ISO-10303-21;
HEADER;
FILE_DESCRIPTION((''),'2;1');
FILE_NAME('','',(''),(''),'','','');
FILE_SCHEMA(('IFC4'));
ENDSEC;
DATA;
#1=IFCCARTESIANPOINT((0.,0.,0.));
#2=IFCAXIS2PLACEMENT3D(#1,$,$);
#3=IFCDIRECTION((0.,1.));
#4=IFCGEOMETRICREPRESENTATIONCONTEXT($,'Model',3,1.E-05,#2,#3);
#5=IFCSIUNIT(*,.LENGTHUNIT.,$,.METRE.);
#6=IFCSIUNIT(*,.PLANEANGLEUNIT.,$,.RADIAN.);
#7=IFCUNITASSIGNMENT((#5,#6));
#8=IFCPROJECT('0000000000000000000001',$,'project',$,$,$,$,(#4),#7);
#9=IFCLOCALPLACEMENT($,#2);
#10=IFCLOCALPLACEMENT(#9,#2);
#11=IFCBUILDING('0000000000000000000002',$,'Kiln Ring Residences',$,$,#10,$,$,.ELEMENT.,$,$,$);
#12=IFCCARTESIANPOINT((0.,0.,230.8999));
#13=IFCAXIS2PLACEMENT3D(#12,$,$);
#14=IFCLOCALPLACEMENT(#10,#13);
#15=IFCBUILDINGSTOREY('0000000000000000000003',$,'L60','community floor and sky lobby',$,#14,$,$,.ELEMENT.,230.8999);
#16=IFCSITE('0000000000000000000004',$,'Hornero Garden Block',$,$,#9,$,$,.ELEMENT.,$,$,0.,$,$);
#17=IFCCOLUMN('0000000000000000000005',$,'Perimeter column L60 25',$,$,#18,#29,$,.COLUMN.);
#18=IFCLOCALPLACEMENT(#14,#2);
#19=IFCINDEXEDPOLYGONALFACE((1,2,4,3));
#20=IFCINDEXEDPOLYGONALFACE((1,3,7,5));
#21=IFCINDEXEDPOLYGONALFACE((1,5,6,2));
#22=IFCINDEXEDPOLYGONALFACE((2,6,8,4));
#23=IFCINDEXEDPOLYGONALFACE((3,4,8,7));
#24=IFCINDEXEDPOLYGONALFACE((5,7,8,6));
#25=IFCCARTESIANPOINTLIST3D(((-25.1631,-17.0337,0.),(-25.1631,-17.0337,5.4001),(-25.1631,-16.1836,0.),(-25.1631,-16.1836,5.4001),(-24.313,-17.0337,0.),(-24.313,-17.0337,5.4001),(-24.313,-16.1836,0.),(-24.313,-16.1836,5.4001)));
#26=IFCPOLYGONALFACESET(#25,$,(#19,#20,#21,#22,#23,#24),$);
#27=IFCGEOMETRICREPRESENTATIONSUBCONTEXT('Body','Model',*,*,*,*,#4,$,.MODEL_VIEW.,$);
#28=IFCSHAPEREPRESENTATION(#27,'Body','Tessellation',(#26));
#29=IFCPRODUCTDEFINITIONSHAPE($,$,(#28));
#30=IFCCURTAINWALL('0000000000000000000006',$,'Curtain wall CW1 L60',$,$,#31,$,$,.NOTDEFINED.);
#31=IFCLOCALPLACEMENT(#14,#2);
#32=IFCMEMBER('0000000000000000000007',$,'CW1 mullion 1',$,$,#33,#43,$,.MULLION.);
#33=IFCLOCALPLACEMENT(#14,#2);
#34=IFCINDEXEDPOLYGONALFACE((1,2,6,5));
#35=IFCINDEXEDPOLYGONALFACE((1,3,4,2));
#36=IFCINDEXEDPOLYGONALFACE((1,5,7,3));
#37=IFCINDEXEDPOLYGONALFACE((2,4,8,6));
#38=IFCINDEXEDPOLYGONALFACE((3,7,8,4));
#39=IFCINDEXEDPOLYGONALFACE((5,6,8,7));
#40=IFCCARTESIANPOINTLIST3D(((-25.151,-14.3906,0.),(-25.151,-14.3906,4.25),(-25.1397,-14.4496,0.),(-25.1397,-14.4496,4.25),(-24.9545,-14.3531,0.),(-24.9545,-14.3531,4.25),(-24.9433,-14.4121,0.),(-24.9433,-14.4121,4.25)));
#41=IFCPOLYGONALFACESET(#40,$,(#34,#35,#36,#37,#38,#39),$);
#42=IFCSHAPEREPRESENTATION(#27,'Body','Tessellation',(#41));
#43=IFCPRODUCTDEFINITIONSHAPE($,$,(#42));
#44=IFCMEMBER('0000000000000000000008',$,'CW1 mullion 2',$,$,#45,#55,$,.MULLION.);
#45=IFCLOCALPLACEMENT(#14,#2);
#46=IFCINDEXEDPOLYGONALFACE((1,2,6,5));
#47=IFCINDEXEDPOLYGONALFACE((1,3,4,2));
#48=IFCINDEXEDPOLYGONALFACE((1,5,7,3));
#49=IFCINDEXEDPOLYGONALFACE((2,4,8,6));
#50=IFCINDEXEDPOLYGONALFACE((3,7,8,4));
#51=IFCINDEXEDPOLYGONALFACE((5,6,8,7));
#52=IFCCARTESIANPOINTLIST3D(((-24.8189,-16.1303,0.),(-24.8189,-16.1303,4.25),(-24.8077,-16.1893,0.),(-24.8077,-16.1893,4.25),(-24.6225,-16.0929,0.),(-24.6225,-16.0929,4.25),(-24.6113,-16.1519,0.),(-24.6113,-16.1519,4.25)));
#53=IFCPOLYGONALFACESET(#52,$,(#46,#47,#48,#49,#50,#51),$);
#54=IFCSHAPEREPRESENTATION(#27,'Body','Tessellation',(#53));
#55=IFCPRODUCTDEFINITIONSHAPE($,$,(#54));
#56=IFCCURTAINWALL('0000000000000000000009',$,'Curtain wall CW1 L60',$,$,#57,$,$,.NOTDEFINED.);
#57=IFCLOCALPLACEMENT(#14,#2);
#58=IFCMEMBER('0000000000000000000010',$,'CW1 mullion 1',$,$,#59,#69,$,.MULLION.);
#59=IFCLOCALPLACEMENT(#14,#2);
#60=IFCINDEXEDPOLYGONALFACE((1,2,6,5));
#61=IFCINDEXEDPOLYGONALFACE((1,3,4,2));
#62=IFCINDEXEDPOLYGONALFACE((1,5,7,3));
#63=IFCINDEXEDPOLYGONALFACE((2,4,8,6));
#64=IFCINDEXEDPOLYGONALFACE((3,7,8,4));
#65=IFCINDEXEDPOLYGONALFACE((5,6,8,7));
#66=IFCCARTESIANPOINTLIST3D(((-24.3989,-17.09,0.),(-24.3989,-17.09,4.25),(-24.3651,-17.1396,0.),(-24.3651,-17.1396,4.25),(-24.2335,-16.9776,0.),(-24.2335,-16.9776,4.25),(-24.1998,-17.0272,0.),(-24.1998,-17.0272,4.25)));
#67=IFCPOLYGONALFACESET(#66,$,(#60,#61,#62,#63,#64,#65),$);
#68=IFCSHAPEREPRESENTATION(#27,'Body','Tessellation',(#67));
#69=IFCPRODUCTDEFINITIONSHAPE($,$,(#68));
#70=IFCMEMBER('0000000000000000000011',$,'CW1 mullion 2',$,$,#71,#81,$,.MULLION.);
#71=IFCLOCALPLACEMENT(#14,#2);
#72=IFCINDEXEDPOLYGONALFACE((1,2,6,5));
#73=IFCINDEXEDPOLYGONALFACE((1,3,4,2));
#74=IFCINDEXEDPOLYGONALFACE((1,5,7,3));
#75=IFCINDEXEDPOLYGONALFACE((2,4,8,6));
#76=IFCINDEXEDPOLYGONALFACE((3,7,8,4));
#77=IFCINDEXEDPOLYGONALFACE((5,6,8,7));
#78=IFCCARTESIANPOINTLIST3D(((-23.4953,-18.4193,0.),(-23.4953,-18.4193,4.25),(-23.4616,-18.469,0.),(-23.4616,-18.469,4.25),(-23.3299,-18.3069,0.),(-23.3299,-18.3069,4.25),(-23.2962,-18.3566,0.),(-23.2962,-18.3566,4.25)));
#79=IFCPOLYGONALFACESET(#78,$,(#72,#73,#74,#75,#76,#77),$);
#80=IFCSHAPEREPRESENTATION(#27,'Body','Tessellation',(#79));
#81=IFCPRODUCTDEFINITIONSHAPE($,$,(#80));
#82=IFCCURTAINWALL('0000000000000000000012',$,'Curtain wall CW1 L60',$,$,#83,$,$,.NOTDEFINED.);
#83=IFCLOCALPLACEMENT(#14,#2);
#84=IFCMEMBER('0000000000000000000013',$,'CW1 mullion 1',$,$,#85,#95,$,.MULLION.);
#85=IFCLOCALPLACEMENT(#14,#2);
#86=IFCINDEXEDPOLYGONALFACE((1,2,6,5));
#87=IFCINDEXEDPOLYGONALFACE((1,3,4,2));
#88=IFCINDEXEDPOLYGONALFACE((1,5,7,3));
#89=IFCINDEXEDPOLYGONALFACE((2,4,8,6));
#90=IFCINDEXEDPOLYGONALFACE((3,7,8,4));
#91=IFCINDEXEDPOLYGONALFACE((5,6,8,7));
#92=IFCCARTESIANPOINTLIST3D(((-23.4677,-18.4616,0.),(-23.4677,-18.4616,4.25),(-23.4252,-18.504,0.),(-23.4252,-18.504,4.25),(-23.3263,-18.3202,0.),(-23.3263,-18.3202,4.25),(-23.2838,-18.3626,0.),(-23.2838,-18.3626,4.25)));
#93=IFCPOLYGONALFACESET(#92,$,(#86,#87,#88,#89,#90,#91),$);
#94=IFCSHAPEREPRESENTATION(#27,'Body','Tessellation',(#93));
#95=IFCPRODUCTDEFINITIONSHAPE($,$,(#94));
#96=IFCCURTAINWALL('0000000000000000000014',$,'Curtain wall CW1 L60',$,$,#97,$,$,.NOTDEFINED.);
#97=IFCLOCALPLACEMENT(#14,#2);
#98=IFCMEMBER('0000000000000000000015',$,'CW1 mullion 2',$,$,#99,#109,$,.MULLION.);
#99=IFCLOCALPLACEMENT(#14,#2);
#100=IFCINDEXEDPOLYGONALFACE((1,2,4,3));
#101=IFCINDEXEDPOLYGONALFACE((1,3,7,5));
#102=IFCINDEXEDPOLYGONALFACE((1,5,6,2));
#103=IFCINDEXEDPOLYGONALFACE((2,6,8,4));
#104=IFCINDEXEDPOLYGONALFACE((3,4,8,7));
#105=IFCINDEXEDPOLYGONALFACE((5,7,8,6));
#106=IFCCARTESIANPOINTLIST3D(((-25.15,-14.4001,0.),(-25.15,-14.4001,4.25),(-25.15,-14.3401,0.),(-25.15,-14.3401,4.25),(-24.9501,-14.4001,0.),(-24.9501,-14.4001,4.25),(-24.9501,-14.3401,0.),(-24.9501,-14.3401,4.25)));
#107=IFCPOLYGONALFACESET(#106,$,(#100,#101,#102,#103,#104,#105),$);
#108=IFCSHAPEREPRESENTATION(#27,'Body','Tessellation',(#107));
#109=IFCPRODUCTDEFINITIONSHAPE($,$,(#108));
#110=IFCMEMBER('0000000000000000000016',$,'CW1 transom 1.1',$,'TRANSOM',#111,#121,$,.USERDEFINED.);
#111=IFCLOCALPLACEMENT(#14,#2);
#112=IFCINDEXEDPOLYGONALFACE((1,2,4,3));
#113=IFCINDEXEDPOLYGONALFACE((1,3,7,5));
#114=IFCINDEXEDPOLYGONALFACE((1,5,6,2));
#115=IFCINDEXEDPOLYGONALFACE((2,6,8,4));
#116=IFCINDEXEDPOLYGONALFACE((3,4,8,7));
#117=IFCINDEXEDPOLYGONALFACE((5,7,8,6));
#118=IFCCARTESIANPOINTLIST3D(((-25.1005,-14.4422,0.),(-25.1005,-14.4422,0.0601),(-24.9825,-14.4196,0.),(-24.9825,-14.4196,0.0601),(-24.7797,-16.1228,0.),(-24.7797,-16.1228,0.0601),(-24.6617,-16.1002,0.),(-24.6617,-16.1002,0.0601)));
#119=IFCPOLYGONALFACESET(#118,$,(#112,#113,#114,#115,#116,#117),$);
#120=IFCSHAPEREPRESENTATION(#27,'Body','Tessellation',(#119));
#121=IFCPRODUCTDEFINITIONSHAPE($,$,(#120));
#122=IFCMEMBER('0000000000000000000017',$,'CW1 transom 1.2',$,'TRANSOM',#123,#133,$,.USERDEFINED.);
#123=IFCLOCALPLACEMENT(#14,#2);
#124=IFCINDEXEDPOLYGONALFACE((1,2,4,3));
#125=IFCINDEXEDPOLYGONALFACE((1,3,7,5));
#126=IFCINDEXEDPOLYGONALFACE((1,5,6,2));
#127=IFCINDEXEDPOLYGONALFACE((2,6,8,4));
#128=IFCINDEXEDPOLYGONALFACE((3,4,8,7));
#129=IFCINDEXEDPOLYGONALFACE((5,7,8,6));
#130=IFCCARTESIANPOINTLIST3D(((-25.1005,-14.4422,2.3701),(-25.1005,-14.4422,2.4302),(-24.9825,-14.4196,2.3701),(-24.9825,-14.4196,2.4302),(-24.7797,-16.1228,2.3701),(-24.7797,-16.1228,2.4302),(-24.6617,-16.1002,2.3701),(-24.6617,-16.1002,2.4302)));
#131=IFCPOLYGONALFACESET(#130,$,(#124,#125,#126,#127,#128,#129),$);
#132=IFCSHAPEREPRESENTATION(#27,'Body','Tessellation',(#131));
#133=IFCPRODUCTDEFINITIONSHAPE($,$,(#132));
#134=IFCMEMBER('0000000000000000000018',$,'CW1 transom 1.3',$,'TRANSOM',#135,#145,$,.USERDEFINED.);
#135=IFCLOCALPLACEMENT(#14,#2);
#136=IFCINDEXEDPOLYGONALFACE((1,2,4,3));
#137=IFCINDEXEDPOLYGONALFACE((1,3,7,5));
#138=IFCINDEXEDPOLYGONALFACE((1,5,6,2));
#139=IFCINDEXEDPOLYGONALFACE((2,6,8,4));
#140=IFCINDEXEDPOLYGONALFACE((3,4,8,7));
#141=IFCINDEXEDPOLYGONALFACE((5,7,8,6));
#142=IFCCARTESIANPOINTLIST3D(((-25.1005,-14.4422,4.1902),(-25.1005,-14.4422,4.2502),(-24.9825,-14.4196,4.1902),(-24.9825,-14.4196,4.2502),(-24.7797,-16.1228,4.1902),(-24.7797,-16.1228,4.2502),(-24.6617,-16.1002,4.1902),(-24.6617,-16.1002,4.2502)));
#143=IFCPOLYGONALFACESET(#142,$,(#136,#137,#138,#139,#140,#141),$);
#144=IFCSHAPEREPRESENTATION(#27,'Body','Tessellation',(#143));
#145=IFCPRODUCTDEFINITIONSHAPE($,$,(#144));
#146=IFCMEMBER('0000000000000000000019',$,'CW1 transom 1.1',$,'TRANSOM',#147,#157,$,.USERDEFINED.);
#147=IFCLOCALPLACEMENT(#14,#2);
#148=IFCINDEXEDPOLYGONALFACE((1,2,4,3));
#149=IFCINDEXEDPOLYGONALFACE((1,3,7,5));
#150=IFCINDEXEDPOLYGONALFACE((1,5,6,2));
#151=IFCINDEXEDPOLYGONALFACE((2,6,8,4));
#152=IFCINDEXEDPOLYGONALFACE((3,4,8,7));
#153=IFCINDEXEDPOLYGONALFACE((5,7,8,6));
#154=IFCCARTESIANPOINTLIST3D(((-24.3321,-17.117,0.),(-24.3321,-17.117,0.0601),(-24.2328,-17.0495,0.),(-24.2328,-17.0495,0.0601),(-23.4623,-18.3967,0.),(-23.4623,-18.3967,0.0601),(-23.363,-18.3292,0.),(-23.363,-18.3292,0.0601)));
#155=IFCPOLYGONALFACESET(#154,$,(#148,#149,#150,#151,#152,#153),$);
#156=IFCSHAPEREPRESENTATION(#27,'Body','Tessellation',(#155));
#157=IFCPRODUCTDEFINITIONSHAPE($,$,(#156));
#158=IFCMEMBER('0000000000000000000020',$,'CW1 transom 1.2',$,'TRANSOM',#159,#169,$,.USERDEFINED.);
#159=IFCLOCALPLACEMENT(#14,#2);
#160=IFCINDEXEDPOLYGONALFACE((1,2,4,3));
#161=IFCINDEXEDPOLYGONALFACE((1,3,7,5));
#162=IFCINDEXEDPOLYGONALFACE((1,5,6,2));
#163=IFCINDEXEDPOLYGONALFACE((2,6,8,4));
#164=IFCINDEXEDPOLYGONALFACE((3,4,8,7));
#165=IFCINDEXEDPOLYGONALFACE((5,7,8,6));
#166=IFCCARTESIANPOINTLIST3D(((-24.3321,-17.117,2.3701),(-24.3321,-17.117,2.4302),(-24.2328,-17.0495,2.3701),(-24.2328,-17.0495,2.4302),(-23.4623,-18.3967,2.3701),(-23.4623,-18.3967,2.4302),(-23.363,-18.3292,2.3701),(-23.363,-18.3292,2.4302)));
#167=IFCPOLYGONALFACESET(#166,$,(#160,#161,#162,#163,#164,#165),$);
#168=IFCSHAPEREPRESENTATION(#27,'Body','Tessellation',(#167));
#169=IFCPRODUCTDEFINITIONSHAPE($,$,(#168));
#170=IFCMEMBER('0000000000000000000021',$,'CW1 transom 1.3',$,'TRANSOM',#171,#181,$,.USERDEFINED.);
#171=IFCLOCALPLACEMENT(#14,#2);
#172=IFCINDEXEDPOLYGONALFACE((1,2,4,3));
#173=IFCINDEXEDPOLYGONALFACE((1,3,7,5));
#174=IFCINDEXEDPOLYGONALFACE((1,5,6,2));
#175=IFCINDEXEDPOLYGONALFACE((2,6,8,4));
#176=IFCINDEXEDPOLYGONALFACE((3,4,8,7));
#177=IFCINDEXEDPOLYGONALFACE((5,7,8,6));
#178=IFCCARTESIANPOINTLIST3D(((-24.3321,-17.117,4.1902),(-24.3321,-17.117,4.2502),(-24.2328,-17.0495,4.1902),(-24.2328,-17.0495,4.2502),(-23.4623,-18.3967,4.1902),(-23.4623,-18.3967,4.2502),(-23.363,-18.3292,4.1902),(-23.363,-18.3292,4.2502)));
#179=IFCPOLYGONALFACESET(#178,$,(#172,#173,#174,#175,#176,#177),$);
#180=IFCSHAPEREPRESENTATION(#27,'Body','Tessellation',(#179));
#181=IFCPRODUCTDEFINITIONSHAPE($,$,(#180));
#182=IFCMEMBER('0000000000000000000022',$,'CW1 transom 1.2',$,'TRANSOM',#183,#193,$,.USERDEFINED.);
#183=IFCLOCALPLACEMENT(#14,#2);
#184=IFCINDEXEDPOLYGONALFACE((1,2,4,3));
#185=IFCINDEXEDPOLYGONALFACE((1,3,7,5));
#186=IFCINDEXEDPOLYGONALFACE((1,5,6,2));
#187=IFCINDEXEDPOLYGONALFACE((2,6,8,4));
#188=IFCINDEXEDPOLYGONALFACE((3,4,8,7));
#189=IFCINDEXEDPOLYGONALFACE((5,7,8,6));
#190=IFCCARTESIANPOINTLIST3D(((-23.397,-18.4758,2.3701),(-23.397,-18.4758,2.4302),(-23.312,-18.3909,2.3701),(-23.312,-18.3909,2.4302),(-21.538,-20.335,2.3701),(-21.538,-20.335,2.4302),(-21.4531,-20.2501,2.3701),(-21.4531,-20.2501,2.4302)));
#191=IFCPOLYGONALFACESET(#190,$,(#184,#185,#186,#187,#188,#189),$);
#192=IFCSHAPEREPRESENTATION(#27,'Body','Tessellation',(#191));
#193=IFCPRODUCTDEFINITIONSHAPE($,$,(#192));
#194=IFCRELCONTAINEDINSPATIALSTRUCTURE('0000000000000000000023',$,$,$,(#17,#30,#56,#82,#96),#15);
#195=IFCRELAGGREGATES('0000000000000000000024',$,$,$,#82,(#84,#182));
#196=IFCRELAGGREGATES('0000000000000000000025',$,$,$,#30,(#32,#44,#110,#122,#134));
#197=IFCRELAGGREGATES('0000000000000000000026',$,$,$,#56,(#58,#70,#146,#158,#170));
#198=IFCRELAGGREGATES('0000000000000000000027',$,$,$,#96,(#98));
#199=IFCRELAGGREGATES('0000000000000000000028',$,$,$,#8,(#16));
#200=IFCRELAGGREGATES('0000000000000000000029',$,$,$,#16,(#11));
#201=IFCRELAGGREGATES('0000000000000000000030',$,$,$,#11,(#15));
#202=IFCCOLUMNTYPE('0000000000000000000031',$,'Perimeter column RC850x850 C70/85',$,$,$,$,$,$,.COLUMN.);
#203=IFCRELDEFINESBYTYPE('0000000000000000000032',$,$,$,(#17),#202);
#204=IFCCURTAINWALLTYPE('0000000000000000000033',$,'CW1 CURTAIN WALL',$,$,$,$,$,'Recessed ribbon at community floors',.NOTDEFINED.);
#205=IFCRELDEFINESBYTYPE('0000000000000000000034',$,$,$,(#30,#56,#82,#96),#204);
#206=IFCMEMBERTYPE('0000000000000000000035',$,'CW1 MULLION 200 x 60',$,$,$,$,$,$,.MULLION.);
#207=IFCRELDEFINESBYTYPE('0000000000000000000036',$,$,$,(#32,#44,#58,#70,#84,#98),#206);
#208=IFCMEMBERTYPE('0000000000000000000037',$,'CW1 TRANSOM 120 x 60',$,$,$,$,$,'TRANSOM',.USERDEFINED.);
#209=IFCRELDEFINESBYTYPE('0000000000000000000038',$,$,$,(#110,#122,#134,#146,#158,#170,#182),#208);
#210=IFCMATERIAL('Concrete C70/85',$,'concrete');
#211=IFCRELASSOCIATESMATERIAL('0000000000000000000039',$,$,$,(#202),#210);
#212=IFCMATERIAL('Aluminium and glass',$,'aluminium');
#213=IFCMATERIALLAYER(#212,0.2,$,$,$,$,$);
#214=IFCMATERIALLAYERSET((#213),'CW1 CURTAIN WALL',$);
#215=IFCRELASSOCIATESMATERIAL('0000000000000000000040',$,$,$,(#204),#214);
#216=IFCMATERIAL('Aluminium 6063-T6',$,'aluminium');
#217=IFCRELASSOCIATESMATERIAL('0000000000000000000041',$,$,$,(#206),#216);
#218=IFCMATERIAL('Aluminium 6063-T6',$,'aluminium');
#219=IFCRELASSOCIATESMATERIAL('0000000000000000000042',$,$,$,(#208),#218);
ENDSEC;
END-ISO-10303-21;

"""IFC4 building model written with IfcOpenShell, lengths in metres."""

from ifc_helpers import new_model, si_unit, direction, frame, origin, origin_2d, place, context, subcontext, project, spatial, rectangle, extrude, material, layer, layer_set, material_profile, profile_set, type_object, element, aggregate, save


model = new_model("IFC4")

# Units and contexts
model_context = context("Model", 3, precision=1e-05, world=origin(), true_north=direction((0.0, 1.0)))
body_context = subcontext(model_context, "Body", "Model", "MODEL_VIEW")
ifc_project = project(units=[si_unit("LENGTHUNIT", "METRE"), si_unit("PLANEANGLEUNIT", "RADIAN")], contexts=[model_context])

# Site, building, storey
site_placement = place(None, origin())
site = spatial("IfcSite", under=ifc_project, at=site_placement, Name="Hornero Garden Block", CompositionType="ELEMENT", RefElevation=0.0)
building_placement = place(site_placement, origin())
building = spatial("IfcBuilding", under=site, at=building_placement, Name="Kiln Ring Residences", CompositionType="ELEMENT")
storey_placement = place(building_placement, frame((0.0, 0.0, 230.8999)))
storey = spatial("IfcBuildingStorey", under=building, at=storey_placement, Name="L60", Description="community floor and sky lobby", CompositionType="ELEMENT", Elevation=230.8999)

# Column
ifc_material_1 = material(Name="Concrete C70/85", Category="concrete")
ifc_material_profile_1 = material_profile(ifc_material_1, rectangle(XDim=0.8501, YDim=0.8501, at=origin_2d()), Name="RC850x850")
ifc_profile_set_1 = profile_set([ifc_material_profile_1], Name="Concrete C70/85")
column_type = type_object("IfcColumnType", Name="Perimeter column RC850x850 C70/85", PredefinedType="COLUMN", material=ifc_profile_set_1)
column_placement = place(storey_placement, frame((-24.738, -16.6086, 0.0), z_axis=(0.0, 0.0, 1.0), x_axis=(1.0, 0.0, 0.0)))
element("IfcColumn", 1, at=column_placement, inside=storey, type_object=column_type, Name="Perimeter column L60 25", PredefinedType="COLUMN", context=body_context, shape_type="SweptSolid", body=[
    extrude(rectangle(XDim=0.8501, YDim=0.8501, at=origin_2d()), origin(), (0.0, 0.0, 1.0), 5.4001),
])

# Curtain walls, members
ifc_material_2 = material(Name="Aluminium and glass", Category="aluminium")
ifc_layer_1 = layer(ifc_material_2, 0.2)
ifc_layer_set_1 = layer_set([ifc_layer_1], Name="CW1 CURTAIN WALL")
curtain_wall_type = type_object("IfcCurtainWallType", Name="CW1 CURTAIN WALL", ElementType="Recessed ribbon at community floors", PredefinedType="NOTDEFINED", material=ifc_layer_set_1)
placement = place(storey_placement, origin())
curtain_wall_1 = element("IfcCurtainWall", 2, at=placement, inside=storey, type_object=curtain_wall_type, Name="Curtain wall CW1 L60", PredefinedType="NOTDEFINED")
ifc_material_3 = material(Name="Aluminium 6063-T6", Category="aluminium")
ifc_material_profile_2 = material_profile(ifc_material_3, rectangle(XDim=0.2, YDim=0.0601, at=origin_2d()), Name="AL 200x60")
ifc_profile_set_2 = profile_set([ifc_material_profile_2], Name="Aluminium 6063-T6")
member_type_1 = type_object("IfcMemberType", Name="CW1 MULLION 200 x 60", PredefinedType="MULLION", material=ifc_profile_set_2)
member_1_placement = place(storey_placement, frame((-25.0471, -14.4014, 0.0), z_axis=(0.0, 0.0, 1.0), x_axis=(0.98229, 0.187366, 0.0)))
member_1 = element("IfcMember", 3, at=member_1_placement, type_object=member_type_1, Name="CW1 mullion 1", PredefinedType="MULLION", context=body_context, shape_type="SweptSolid", body=[
    extrude(rectangle(XDim=0.2, YDim=0.0601, at=origin_2d()), origin(), (0.0, 0.0, 1.0), 4.25),
])
member_2_placement = place(storey_placement, frame((-24.7151, -16.1411, 0.0), z_axis=(0.0, 0.0, 1.0), x_axis=(0.98229, 0.187366, 0.0)))
member_2 = element("IfcMember", 4, at=member_2_placement, type_object=member_type_1, Name="CW1 mullion 2", PredefinedType="MULLION", context=body_context, shape_type="SweptSolid", body=[
    extrude(rectangle(XDim=0.2, YDim=0.0601, at=origin_2d()), origin(), (0.0, 0.0, 1.0), 4.25),
])
curtain_wall_2 = element("IfcCurtainWall", 5, at=placement, inside=storey, type_object=curtain_wall_type, Name="Curtain wall CW1 L60", PredefinedType="NOTDEFINED")
member_3_placement = place(storey_placement, frame((-24.2993, -17.0586, 0.0), z_axis=(0.0, 0.0, 1.0), x_axis=(0.827072, 0.562097, 0.0)))
member_3 = element("IfcMember", 6, at=member_3_placement, type_object=member_type_1, Name="CW1 mullion 1", PredefinedType="MULLION", context=body_context, shape_type="SweptSolid", body=[
    extrude(rectangle(XDim=0.2, YDim=0.0601, at=origin_2d()), origin(), (0.0, 0.0, 1.0), 4.25),
])
member_4_placement = place(storey_placement, frame((-23.3958, -18.3879, 0.0), z_axis=(0.0, 0.0, 1.0), x_axis=(0.827072, 0.562097, 0.0)))
member_4 = element("IfcMember", 7, at=member_4_placement, type_object=member_type_1, Name="CW1 mullion 2", PredefinedType="MULLION", context=body_context, shape_type="SweptSolid", body=[
    extrude(rectangle(XDim=0.2, YDim=0.0601, at=origin_2d()), origin(), (0.0, 0.0, 1.0), 4.25),
])

# Curtain walls, members
curtain_wall_3 = element("IfcCurtainWall", 8, at=placement, inside=storey, type_object=curtain_wall_type, Name="Curtain wall CW1 L60", PredefinedType="NOTDEFINED")
member_5_placement = place(storey_placement, frame((-23.3757, -18.4121, 0.0), z_axis=(0.0, 0.0, 1.0), x_axis=(0.707107, 0.707107, 0.0)))
member_5 = element("IfcMember", 9, at=member_5_placement, type_object=member_type_1, Name="CW1 mullion 1", PredefinedType="MULLION", context=body_context, shape_type="SweptSolid", body=[
    extrude(rectangle(XDim=0.2, YDim=0.0601, at=origin_2d()), origin(), (0.0, 0.0, 1.0), 4.25),
])
curtain_wall_4 = element("IfcCurtainWall", 10, at=placement, inside=storey, type_object=curtain_wall_type, Name="Curtain wall CW1 L60", PredefinedType="NOTDEFINED")
member_6_placement = place(storey_placement, frame((-25.05, -14.3701, 0.0), z_axis=(0.0, 0.0, 1.0), x_axis=(1.0, 0.0, 0.0)))
member_6 = element("IfcMember", 11, at=member_6_placement, type_object=member_type_1, Name="CW1 mullion 2", PredefinedType="MULLION", context=body_context, shape_type="SweptSolid", body=[
    extrude(rectangle(XDim=0.2, YDim=0.0601, at=origin_2d()), origin(), (0.0, 0.0, 1.0), 4.25),
])

# Members
ifc_material_4 = material(Name="Aluminium 6063-T6", Category="aluminium")
ifc_material_profile_3 = material_profile(ifc_material_4, rectangle(XDim=0.1201, YDim=0.0601, at=origin_2d()), Name="AL 120x60")
ifc_profile_set_3 = profile_set([ifc_material_profile_3], Name="Aluminium 6063-T6")
member_type_2 = type_object("IfcMemberType", Name="CW1 TRANSOM 120 x 60", ElementType="TRANSOM", PredefinedType="USERDEFINED", material=ifc_profile_set_3)
member_7_placement = place(storey_placement, frame((-25.0415, -14.4309, 0.03), z_axis=(0.187492, -0.982266, 0.0), x_axis=(0.982266, 0.187492, 0.0)))
member_7 = element("IfcMember", 12, at=member_7_placement, type_object=member_type_2, Name="CW1 transom 1.1", ObjectType="TRANSOM", PredefinedType="USERDEFINED", context=body_context, shape_type="SweptSolid", body=[
    extrude(rectangle(XDim=0.1201, YDim=0.0601, at=origin_2d()), origin(), (0.0, 0.0, 1.0), 1.7109),
])
member_8_placement = place(storey_placement, frame((-25.0415, -14.4309, 2.4001), z_axis=(0.187492, -0.982266, 0.0), x_axis=(0.982266, 0.187492, 0.0)))
member_8 = element("IfcMember", 13, at=member_8_placement, type_object=member_type_2, Name="CW1 transom 1.2", ObjectType="TRANSOM", PredefinedType="USERDEFINED", context=body_context, shape_type="SweptSolid", body=[
    extrude(rectangle(XDim=0.1201, YDim=0.0601, at=origin_2d()), origin(), (0.0, 0.0, 1.0), 1.7109),
])
member_9_placement = place(storey_placement, frame((-25.0415, -14.4309, 4.2202), z_axis=(0.187492, -0.982266, 0.0), x_axis=(0.982266, 0.187492, 0.0)))
member_9 = element("IfcMember", 14, at=member_9_placement, type_object=member_type_2, Name="CW1 transom 1.3", ObjectType="TRANSOM", PredefinedType="USERDEFINED", context=body_context, shape_type="SweptSolid", body=[
    extrude(rectangle(XDim=0.1201, YDim=0.0601, at=origin_2d()), origin(), (0.0, 0.0, 1.0), 1.7109),
])
member_10_placement = place(storey_placement, frame((-24.2825, -17.0833, 0.03), z_axis=(0.562142, -0.827041, 0.0), x_axis=(0.827041, 0.562142, 0.0)))
member_10 = element("IfcMember", 15, at=member_10_placement, type_object=member_type_2, Name="CW1 transom 1.1", ObjectType="TRANSOM", PredefinedType="USERDEFINED", context=body_context, shape_type="SweptSolid", body=[
    extrude(rectangle(XDim=0.1201, YDim=0.0601, at=origin_2d()), origin(), (0.0, 0.0, 1.0), 1.5474),
])
member_11_placement = place(storey_placement, frame((-24.2825, -17.0833, 2.4001), z_axis=(0.562142, -0.827041, 0.0), x_axis=(0.827041, 0.562142, 0.0)))
member_11 = element("IfcMember", 16, at=member_11_placement, type_object=member_type_2, Name="CW1 transom 1.2", ObjectType="TRANSOM", PredefinedType="USERDEFINED", context=body_context, shape_type="SweptSolid", body=[
    extrude(rectangle(XDim=0.1201, YDim=0.0601, at=origin_2d()), origin(), (0.0, 0.0, 1.0), 1.5474),
])
member_12_placement = place(storey_placement, frame((-24.2825, -17.0833, 4.2202), z_axis=(0.562142, -0.827041, 0.0), x_axis=(0.827041, 0.562142, 0.0)))
member_12 = element("IfcMember", 17, at=member_12_placement, type_object=member_type_2, Name="CW1 transom 1.3", ObjectType="TRANSOM", PredefinedType="USERDEFINED", context=body_context, shape_type="SweptSolid", body=[
    extrude(rectangle(XDim=0.1201, YDim=0.0601, at=origin_2d()), origin(), (0.0, 0.0, 1.0), 1.5474),
])
member_13_placement = place(storey_placement, frame((-23.3545, -18.4333, 2.4001), z_axis=(0.70706, -0.707153, 0.0), x_axis=(0.707153, 0.70706, 0.0)))
member_13 = element("IfcMember", 18, at=member_13_placement, type_object=member_type_2, Name="CW1 transom 1.2", ObjectType="TRANSOM", PredefinedType="USERDEFINED", context=body_context, shape_type="SweptSolid", body=[
    extrude(rectangle(XDim=0.1201, YDim=0.0601, at=origin_2d()), origin(), (0.0, 0.0, 1.0), 2.6292),
])
aggregate(curtain_wall_3, [member_5, member_13])

aggregate(curtain_wall_1, [member_1, member_2, member_7, member_8, member_9])
aggregate(curtain_wall_2, [member_3, member_4, member_10, member_11, member_12])
aggregate(curtain_wall_4, [member_6])

save(model, "model.ifc")
